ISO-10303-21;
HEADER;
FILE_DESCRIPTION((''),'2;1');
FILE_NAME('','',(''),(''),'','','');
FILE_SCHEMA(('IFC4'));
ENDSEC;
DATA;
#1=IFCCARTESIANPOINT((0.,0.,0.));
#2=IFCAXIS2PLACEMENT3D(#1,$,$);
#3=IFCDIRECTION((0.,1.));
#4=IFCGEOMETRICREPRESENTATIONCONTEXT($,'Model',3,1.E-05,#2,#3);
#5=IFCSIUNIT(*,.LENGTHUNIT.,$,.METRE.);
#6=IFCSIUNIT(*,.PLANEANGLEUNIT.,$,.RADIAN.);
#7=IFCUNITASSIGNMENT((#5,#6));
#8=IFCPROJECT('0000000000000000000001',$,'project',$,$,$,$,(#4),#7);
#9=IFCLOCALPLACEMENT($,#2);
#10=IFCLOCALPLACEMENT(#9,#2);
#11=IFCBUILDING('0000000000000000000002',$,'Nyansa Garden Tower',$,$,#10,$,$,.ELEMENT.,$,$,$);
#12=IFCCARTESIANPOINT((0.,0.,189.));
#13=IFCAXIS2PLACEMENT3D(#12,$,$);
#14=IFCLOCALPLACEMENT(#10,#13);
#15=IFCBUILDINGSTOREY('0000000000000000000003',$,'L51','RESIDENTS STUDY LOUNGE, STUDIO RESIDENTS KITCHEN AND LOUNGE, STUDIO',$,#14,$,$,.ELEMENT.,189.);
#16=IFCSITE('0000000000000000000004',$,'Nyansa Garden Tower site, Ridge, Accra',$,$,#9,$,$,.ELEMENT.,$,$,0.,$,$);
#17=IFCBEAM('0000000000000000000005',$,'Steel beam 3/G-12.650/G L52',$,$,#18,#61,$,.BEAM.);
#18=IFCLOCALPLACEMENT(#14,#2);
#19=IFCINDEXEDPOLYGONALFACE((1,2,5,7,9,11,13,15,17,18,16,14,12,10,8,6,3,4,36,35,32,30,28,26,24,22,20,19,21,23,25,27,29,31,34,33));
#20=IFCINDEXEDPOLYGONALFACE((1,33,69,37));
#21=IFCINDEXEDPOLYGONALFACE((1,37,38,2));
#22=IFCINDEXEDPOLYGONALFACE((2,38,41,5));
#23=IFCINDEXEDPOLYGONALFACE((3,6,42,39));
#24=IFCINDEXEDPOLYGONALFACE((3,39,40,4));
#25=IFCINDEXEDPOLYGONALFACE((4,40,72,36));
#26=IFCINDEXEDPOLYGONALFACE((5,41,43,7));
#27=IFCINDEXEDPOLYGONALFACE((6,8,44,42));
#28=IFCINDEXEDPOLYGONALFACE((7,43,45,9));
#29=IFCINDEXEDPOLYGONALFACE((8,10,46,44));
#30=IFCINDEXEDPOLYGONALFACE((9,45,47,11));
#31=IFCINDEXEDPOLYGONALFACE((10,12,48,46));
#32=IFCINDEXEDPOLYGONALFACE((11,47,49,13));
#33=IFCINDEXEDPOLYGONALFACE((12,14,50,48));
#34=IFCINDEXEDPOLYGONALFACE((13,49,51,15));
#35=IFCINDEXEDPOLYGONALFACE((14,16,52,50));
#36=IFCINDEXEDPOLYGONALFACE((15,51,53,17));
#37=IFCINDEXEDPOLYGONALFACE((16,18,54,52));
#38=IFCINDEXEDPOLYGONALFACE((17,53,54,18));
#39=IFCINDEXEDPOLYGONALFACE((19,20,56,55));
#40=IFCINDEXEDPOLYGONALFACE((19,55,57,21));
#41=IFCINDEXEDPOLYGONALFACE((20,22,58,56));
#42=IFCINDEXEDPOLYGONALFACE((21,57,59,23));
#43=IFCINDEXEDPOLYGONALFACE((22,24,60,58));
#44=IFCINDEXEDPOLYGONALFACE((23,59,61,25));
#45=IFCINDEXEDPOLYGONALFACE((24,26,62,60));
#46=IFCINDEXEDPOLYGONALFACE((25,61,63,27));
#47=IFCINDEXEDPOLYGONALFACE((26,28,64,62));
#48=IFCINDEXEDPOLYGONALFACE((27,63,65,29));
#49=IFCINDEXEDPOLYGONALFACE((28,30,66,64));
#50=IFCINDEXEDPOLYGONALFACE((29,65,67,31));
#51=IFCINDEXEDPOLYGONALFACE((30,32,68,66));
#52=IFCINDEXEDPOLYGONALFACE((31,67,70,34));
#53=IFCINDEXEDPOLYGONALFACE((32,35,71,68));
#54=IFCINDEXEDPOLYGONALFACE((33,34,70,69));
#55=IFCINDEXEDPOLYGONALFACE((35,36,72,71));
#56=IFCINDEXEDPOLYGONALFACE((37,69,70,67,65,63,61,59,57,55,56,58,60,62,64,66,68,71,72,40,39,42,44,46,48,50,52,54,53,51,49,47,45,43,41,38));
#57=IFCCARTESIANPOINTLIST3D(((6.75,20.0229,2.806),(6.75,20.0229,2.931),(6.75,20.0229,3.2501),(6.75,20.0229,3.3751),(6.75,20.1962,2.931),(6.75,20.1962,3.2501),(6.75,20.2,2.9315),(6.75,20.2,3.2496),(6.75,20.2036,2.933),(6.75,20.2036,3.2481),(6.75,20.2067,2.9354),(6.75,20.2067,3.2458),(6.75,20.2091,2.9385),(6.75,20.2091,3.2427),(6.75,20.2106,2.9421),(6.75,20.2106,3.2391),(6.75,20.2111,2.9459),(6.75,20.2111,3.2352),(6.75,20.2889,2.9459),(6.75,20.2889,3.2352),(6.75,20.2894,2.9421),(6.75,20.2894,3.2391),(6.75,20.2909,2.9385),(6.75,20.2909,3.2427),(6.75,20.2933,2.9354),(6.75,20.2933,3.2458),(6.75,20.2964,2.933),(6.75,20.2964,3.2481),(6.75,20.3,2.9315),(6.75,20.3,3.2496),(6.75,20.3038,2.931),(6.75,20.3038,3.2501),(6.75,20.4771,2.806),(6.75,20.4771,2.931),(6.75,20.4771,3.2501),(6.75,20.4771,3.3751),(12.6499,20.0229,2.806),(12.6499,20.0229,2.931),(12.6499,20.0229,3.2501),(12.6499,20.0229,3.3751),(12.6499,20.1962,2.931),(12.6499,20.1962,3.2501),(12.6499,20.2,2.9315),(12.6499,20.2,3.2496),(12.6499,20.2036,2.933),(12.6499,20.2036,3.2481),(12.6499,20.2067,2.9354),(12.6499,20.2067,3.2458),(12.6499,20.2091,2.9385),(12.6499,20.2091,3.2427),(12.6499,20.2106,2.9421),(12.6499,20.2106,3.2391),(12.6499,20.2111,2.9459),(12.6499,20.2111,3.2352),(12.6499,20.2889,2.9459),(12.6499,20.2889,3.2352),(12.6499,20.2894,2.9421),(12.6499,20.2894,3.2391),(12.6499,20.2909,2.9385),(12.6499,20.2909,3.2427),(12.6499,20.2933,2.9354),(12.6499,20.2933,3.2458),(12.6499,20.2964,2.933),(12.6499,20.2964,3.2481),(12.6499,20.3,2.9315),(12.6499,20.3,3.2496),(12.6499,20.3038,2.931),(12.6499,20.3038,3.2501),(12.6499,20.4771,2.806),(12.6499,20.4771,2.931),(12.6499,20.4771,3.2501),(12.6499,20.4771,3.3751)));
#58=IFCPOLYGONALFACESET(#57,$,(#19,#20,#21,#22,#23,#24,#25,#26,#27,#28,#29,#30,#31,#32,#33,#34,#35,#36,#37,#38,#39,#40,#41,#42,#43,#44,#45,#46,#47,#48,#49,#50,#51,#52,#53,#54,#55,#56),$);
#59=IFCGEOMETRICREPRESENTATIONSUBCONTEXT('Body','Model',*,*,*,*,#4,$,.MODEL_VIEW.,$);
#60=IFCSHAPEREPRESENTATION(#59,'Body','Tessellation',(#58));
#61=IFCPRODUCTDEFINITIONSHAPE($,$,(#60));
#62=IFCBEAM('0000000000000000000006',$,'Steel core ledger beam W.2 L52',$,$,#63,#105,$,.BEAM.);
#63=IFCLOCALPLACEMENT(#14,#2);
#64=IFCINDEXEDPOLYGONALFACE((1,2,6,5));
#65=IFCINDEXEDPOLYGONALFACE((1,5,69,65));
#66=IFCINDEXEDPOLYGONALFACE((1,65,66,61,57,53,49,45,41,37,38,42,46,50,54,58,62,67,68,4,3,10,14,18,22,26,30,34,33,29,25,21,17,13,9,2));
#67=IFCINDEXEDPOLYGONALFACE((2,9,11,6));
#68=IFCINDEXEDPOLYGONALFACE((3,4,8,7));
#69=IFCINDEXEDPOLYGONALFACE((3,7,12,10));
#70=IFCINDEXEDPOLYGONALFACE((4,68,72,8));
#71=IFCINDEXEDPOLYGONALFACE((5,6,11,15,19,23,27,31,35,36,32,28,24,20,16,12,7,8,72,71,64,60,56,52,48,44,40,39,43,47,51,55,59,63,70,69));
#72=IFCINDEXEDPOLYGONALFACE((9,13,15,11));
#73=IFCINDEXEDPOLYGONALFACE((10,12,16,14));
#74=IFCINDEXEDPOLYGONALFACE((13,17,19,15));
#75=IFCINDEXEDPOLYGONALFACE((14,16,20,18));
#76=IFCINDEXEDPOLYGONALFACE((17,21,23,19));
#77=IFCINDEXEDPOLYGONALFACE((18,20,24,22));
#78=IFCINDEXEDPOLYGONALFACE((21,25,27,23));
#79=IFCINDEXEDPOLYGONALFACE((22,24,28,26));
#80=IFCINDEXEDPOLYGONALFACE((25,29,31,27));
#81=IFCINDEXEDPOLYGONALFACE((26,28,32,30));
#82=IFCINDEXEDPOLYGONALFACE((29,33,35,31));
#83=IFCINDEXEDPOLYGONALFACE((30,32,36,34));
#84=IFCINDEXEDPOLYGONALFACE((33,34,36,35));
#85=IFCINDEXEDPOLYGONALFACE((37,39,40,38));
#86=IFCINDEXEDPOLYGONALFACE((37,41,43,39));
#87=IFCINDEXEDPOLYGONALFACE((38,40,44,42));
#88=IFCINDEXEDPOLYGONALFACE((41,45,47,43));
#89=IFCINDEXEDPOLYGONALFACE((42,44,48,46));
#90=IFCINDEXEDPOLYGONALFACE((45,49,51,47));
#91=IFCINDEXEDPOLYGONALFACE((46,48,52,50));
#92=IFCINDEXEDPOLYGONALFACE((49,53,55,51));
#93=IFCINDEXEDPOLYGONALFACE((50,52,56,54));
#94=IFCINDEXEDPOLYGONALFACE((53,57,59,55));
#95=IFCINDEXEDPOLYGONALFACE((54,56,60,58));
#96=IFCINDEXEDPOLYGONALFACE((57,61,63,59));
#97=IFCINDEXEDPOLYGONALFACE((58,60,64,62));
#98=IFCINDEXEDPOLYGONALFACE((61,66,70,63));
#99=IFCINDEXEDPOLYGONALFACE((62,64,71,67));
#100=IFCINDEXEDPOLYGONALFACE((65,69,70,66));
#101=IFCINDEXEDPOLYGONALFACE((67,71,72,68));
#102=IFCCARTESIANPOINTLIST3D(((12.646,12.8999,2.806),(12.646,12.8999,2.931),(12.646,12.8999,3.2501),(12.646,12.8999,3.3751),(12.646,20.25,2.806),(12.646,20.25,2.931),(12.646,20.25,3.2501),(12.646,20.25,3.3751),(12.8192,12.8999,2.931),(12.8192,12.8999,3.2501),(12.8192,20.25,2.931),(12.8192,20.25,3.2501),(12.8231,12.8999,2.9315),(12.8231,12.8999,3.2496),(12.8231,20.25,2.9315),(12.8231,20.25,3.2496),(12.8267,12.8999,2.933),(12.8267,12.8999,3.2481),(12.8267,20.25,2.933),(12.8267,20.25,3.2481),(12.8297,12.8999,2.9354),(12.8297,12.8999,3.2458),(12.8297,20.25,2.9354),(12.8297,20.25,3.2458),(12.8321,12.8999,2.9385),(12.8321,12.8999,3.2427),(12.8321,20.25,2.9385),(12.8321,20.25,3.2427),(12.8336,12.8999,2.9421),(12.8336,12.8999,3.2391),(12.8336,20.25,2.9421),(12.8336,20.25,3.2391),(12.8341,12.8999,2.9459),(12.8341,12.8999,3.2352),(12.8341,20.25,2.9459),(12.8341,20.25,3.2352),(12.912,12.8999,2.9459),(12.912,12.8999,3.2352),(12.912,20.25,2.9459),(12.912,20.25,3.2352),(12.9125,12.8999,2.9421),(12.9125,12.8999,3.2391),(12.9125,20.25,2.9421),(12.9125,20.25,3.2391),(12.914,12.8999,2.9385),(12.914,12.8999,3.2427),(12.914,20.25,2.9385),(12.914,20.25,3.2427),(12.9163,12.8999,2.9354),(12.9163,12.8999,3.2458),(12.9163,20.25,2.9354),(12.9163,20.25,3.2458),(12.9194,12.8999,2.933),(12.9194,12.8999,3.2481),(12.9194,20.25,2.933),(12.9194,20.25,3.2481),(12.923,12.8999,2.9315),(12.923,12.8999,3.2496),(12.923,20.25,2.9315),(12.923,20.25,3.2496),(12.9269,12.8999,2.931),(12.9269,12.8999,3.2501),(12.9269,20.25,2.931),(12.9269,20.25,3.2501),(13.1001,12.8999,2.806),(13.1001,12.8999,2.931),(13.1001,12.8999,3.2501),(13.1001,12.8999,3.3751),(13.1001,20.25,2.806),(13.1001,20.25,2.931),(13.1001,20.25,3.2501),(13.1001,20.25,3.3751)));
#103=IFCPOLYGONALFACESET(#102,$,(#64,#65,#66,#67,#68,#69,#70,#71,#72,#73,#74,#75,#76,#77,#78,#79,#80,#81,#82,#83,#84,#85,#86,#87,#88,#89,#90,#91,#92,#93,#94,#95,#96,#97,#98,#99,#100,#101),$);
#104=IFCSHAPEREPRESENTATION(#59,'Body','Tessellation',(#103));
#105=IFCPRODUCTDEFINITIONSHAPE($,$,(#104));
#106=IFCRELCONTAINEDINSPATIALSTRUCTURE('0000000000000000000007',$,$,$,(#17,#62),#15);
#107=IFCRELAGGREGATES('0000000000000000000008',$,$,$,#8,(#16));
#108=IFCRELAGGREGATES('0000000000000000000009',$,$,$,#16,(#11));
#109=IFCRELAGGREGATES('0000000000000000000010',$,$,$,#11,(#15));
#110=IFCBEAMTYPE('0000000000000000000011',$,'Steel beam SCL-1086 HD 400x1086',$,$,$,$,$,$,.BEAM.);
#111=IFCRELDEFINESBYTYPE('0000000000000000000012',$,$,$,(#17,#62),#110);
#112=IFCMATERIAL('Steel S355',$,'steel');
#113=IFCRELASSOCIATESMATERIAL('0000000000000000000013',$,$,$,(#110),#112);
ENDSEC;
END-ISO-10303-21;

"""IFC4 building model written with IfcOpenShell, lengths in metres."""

from ifc_helpers import new_model, si_unit, direction, frame, origin, origin_2d, place, context, subcontext, project, spatial, i_section, extrude, material, material_profile, profile_set, type_object, element, save


model = new_model("IFC4")

# Units and contexts
model_context = context("Model", 3, precision=1e-05, world=origin(), true_north=direction((0.0, 1.0)))
body_context = subcontext(model_context, "Body", "Model", "MODEL_VIEW")
ifc_project = project(units=[si_unit("LENGTHUNIT", "METRE"), si_unit("PLANEANGLEUNIT", "RADIAN")], contexts=[model_context])

# Site, building, storey
site_placement = place(None, origin())
site = spatial("IfcSite", under=ifc_project, at=site_placement, Name="Nyansa Garden Tower site, Ridge, Accra", CompositionType="ELEMENT", RefElevation=0.0)
building_placement = place(site_placement, origin())
building = spatial("IfcBuilding", under=site, at=building_placement, Name="Nyansa Garden Tower", CompositionType="ELEMENT")
storey_placement = place(building_placement, frame((0.0, 0.0, 189.0)))
storey = spatial("IfcBuildingStorey", under=building, at=storey_placement, Name="L51", Description="RESIDENTS STUDY LOUNGE, STUDIO RESIDENTS KITCHEN AND LOUNGE, STUDIO", CompositionType="ELEMENT", Elevation=189.0)

# Beams
ifc_material_1 = material(Name="Steel S355", Category="steel")
ifc_material_profile_1 = material_profile(ifc_material_1, i_section(OverallWidth=0.4541, OverallDepth=0.5691, WebThickness=0.0779, FlangeThickness=0.125, FilletRadius=0.0149, at=origin_2d()), Name="HD 400x1086")
ifc_profile_set_1 = profile_set([ifc_material_profile_1], Name="Steel S355")
beam_type_1 = type_object("IfcBeamType", Name="Steel beam SCL-1086 HD 400x1086", PredefinedType="BEAM", material=ifc_profile_set_1)
beam_1_placement = place(storey_placement, frame((6.75, 20.25, 3.0906), z_axis=(1.0, 0.0, 0.0), x_axis=(0.0, 1.0, 0.0)))
element("IfcBeam", 1, at=beam_1_placement, inside=storey, type_object=beam_type_1, Name="Steel beam 3/G-12.650/G L52", PredefinedType="BEAM", context=body_context, shape_type="SweptSolid", body=[
    extrude(i_section(OverallWidth=0.4541, OverallDepth=0.5691, WebThickness=0.0779, FlangeThickness=0.125, FilletRadius=0.0149, at=origin_2d()), origin(), (0.0, 0.0, 1.0), 5.8999),
])
beam_2_placement = place(storey_placement, frame((12.873, 20.25, 3.0906), z_axis=(0.0, -1.0, 0.0), x_axis=(1.0, 0.0, 0.0)))
element("IfcBeam", 2, at=beam_2_placement, inside=storey, type_object=beam_type_1, Name="Steel core ledger beam W.2 L52", PredefinedType="BEAM", context=body_context, shape_type="SweptSolid", body=[
    extrude(i_section(OverallWidth=0.4541, OverallDepth=0.5691, WebThickness=0.0779, FlangeThickness=0.125, FilletRadius=0.0149, at=origin_2d()), origin(), (0.0, 0.0, 1.0), 7.3501),
])

save(model, "model.ifc")
